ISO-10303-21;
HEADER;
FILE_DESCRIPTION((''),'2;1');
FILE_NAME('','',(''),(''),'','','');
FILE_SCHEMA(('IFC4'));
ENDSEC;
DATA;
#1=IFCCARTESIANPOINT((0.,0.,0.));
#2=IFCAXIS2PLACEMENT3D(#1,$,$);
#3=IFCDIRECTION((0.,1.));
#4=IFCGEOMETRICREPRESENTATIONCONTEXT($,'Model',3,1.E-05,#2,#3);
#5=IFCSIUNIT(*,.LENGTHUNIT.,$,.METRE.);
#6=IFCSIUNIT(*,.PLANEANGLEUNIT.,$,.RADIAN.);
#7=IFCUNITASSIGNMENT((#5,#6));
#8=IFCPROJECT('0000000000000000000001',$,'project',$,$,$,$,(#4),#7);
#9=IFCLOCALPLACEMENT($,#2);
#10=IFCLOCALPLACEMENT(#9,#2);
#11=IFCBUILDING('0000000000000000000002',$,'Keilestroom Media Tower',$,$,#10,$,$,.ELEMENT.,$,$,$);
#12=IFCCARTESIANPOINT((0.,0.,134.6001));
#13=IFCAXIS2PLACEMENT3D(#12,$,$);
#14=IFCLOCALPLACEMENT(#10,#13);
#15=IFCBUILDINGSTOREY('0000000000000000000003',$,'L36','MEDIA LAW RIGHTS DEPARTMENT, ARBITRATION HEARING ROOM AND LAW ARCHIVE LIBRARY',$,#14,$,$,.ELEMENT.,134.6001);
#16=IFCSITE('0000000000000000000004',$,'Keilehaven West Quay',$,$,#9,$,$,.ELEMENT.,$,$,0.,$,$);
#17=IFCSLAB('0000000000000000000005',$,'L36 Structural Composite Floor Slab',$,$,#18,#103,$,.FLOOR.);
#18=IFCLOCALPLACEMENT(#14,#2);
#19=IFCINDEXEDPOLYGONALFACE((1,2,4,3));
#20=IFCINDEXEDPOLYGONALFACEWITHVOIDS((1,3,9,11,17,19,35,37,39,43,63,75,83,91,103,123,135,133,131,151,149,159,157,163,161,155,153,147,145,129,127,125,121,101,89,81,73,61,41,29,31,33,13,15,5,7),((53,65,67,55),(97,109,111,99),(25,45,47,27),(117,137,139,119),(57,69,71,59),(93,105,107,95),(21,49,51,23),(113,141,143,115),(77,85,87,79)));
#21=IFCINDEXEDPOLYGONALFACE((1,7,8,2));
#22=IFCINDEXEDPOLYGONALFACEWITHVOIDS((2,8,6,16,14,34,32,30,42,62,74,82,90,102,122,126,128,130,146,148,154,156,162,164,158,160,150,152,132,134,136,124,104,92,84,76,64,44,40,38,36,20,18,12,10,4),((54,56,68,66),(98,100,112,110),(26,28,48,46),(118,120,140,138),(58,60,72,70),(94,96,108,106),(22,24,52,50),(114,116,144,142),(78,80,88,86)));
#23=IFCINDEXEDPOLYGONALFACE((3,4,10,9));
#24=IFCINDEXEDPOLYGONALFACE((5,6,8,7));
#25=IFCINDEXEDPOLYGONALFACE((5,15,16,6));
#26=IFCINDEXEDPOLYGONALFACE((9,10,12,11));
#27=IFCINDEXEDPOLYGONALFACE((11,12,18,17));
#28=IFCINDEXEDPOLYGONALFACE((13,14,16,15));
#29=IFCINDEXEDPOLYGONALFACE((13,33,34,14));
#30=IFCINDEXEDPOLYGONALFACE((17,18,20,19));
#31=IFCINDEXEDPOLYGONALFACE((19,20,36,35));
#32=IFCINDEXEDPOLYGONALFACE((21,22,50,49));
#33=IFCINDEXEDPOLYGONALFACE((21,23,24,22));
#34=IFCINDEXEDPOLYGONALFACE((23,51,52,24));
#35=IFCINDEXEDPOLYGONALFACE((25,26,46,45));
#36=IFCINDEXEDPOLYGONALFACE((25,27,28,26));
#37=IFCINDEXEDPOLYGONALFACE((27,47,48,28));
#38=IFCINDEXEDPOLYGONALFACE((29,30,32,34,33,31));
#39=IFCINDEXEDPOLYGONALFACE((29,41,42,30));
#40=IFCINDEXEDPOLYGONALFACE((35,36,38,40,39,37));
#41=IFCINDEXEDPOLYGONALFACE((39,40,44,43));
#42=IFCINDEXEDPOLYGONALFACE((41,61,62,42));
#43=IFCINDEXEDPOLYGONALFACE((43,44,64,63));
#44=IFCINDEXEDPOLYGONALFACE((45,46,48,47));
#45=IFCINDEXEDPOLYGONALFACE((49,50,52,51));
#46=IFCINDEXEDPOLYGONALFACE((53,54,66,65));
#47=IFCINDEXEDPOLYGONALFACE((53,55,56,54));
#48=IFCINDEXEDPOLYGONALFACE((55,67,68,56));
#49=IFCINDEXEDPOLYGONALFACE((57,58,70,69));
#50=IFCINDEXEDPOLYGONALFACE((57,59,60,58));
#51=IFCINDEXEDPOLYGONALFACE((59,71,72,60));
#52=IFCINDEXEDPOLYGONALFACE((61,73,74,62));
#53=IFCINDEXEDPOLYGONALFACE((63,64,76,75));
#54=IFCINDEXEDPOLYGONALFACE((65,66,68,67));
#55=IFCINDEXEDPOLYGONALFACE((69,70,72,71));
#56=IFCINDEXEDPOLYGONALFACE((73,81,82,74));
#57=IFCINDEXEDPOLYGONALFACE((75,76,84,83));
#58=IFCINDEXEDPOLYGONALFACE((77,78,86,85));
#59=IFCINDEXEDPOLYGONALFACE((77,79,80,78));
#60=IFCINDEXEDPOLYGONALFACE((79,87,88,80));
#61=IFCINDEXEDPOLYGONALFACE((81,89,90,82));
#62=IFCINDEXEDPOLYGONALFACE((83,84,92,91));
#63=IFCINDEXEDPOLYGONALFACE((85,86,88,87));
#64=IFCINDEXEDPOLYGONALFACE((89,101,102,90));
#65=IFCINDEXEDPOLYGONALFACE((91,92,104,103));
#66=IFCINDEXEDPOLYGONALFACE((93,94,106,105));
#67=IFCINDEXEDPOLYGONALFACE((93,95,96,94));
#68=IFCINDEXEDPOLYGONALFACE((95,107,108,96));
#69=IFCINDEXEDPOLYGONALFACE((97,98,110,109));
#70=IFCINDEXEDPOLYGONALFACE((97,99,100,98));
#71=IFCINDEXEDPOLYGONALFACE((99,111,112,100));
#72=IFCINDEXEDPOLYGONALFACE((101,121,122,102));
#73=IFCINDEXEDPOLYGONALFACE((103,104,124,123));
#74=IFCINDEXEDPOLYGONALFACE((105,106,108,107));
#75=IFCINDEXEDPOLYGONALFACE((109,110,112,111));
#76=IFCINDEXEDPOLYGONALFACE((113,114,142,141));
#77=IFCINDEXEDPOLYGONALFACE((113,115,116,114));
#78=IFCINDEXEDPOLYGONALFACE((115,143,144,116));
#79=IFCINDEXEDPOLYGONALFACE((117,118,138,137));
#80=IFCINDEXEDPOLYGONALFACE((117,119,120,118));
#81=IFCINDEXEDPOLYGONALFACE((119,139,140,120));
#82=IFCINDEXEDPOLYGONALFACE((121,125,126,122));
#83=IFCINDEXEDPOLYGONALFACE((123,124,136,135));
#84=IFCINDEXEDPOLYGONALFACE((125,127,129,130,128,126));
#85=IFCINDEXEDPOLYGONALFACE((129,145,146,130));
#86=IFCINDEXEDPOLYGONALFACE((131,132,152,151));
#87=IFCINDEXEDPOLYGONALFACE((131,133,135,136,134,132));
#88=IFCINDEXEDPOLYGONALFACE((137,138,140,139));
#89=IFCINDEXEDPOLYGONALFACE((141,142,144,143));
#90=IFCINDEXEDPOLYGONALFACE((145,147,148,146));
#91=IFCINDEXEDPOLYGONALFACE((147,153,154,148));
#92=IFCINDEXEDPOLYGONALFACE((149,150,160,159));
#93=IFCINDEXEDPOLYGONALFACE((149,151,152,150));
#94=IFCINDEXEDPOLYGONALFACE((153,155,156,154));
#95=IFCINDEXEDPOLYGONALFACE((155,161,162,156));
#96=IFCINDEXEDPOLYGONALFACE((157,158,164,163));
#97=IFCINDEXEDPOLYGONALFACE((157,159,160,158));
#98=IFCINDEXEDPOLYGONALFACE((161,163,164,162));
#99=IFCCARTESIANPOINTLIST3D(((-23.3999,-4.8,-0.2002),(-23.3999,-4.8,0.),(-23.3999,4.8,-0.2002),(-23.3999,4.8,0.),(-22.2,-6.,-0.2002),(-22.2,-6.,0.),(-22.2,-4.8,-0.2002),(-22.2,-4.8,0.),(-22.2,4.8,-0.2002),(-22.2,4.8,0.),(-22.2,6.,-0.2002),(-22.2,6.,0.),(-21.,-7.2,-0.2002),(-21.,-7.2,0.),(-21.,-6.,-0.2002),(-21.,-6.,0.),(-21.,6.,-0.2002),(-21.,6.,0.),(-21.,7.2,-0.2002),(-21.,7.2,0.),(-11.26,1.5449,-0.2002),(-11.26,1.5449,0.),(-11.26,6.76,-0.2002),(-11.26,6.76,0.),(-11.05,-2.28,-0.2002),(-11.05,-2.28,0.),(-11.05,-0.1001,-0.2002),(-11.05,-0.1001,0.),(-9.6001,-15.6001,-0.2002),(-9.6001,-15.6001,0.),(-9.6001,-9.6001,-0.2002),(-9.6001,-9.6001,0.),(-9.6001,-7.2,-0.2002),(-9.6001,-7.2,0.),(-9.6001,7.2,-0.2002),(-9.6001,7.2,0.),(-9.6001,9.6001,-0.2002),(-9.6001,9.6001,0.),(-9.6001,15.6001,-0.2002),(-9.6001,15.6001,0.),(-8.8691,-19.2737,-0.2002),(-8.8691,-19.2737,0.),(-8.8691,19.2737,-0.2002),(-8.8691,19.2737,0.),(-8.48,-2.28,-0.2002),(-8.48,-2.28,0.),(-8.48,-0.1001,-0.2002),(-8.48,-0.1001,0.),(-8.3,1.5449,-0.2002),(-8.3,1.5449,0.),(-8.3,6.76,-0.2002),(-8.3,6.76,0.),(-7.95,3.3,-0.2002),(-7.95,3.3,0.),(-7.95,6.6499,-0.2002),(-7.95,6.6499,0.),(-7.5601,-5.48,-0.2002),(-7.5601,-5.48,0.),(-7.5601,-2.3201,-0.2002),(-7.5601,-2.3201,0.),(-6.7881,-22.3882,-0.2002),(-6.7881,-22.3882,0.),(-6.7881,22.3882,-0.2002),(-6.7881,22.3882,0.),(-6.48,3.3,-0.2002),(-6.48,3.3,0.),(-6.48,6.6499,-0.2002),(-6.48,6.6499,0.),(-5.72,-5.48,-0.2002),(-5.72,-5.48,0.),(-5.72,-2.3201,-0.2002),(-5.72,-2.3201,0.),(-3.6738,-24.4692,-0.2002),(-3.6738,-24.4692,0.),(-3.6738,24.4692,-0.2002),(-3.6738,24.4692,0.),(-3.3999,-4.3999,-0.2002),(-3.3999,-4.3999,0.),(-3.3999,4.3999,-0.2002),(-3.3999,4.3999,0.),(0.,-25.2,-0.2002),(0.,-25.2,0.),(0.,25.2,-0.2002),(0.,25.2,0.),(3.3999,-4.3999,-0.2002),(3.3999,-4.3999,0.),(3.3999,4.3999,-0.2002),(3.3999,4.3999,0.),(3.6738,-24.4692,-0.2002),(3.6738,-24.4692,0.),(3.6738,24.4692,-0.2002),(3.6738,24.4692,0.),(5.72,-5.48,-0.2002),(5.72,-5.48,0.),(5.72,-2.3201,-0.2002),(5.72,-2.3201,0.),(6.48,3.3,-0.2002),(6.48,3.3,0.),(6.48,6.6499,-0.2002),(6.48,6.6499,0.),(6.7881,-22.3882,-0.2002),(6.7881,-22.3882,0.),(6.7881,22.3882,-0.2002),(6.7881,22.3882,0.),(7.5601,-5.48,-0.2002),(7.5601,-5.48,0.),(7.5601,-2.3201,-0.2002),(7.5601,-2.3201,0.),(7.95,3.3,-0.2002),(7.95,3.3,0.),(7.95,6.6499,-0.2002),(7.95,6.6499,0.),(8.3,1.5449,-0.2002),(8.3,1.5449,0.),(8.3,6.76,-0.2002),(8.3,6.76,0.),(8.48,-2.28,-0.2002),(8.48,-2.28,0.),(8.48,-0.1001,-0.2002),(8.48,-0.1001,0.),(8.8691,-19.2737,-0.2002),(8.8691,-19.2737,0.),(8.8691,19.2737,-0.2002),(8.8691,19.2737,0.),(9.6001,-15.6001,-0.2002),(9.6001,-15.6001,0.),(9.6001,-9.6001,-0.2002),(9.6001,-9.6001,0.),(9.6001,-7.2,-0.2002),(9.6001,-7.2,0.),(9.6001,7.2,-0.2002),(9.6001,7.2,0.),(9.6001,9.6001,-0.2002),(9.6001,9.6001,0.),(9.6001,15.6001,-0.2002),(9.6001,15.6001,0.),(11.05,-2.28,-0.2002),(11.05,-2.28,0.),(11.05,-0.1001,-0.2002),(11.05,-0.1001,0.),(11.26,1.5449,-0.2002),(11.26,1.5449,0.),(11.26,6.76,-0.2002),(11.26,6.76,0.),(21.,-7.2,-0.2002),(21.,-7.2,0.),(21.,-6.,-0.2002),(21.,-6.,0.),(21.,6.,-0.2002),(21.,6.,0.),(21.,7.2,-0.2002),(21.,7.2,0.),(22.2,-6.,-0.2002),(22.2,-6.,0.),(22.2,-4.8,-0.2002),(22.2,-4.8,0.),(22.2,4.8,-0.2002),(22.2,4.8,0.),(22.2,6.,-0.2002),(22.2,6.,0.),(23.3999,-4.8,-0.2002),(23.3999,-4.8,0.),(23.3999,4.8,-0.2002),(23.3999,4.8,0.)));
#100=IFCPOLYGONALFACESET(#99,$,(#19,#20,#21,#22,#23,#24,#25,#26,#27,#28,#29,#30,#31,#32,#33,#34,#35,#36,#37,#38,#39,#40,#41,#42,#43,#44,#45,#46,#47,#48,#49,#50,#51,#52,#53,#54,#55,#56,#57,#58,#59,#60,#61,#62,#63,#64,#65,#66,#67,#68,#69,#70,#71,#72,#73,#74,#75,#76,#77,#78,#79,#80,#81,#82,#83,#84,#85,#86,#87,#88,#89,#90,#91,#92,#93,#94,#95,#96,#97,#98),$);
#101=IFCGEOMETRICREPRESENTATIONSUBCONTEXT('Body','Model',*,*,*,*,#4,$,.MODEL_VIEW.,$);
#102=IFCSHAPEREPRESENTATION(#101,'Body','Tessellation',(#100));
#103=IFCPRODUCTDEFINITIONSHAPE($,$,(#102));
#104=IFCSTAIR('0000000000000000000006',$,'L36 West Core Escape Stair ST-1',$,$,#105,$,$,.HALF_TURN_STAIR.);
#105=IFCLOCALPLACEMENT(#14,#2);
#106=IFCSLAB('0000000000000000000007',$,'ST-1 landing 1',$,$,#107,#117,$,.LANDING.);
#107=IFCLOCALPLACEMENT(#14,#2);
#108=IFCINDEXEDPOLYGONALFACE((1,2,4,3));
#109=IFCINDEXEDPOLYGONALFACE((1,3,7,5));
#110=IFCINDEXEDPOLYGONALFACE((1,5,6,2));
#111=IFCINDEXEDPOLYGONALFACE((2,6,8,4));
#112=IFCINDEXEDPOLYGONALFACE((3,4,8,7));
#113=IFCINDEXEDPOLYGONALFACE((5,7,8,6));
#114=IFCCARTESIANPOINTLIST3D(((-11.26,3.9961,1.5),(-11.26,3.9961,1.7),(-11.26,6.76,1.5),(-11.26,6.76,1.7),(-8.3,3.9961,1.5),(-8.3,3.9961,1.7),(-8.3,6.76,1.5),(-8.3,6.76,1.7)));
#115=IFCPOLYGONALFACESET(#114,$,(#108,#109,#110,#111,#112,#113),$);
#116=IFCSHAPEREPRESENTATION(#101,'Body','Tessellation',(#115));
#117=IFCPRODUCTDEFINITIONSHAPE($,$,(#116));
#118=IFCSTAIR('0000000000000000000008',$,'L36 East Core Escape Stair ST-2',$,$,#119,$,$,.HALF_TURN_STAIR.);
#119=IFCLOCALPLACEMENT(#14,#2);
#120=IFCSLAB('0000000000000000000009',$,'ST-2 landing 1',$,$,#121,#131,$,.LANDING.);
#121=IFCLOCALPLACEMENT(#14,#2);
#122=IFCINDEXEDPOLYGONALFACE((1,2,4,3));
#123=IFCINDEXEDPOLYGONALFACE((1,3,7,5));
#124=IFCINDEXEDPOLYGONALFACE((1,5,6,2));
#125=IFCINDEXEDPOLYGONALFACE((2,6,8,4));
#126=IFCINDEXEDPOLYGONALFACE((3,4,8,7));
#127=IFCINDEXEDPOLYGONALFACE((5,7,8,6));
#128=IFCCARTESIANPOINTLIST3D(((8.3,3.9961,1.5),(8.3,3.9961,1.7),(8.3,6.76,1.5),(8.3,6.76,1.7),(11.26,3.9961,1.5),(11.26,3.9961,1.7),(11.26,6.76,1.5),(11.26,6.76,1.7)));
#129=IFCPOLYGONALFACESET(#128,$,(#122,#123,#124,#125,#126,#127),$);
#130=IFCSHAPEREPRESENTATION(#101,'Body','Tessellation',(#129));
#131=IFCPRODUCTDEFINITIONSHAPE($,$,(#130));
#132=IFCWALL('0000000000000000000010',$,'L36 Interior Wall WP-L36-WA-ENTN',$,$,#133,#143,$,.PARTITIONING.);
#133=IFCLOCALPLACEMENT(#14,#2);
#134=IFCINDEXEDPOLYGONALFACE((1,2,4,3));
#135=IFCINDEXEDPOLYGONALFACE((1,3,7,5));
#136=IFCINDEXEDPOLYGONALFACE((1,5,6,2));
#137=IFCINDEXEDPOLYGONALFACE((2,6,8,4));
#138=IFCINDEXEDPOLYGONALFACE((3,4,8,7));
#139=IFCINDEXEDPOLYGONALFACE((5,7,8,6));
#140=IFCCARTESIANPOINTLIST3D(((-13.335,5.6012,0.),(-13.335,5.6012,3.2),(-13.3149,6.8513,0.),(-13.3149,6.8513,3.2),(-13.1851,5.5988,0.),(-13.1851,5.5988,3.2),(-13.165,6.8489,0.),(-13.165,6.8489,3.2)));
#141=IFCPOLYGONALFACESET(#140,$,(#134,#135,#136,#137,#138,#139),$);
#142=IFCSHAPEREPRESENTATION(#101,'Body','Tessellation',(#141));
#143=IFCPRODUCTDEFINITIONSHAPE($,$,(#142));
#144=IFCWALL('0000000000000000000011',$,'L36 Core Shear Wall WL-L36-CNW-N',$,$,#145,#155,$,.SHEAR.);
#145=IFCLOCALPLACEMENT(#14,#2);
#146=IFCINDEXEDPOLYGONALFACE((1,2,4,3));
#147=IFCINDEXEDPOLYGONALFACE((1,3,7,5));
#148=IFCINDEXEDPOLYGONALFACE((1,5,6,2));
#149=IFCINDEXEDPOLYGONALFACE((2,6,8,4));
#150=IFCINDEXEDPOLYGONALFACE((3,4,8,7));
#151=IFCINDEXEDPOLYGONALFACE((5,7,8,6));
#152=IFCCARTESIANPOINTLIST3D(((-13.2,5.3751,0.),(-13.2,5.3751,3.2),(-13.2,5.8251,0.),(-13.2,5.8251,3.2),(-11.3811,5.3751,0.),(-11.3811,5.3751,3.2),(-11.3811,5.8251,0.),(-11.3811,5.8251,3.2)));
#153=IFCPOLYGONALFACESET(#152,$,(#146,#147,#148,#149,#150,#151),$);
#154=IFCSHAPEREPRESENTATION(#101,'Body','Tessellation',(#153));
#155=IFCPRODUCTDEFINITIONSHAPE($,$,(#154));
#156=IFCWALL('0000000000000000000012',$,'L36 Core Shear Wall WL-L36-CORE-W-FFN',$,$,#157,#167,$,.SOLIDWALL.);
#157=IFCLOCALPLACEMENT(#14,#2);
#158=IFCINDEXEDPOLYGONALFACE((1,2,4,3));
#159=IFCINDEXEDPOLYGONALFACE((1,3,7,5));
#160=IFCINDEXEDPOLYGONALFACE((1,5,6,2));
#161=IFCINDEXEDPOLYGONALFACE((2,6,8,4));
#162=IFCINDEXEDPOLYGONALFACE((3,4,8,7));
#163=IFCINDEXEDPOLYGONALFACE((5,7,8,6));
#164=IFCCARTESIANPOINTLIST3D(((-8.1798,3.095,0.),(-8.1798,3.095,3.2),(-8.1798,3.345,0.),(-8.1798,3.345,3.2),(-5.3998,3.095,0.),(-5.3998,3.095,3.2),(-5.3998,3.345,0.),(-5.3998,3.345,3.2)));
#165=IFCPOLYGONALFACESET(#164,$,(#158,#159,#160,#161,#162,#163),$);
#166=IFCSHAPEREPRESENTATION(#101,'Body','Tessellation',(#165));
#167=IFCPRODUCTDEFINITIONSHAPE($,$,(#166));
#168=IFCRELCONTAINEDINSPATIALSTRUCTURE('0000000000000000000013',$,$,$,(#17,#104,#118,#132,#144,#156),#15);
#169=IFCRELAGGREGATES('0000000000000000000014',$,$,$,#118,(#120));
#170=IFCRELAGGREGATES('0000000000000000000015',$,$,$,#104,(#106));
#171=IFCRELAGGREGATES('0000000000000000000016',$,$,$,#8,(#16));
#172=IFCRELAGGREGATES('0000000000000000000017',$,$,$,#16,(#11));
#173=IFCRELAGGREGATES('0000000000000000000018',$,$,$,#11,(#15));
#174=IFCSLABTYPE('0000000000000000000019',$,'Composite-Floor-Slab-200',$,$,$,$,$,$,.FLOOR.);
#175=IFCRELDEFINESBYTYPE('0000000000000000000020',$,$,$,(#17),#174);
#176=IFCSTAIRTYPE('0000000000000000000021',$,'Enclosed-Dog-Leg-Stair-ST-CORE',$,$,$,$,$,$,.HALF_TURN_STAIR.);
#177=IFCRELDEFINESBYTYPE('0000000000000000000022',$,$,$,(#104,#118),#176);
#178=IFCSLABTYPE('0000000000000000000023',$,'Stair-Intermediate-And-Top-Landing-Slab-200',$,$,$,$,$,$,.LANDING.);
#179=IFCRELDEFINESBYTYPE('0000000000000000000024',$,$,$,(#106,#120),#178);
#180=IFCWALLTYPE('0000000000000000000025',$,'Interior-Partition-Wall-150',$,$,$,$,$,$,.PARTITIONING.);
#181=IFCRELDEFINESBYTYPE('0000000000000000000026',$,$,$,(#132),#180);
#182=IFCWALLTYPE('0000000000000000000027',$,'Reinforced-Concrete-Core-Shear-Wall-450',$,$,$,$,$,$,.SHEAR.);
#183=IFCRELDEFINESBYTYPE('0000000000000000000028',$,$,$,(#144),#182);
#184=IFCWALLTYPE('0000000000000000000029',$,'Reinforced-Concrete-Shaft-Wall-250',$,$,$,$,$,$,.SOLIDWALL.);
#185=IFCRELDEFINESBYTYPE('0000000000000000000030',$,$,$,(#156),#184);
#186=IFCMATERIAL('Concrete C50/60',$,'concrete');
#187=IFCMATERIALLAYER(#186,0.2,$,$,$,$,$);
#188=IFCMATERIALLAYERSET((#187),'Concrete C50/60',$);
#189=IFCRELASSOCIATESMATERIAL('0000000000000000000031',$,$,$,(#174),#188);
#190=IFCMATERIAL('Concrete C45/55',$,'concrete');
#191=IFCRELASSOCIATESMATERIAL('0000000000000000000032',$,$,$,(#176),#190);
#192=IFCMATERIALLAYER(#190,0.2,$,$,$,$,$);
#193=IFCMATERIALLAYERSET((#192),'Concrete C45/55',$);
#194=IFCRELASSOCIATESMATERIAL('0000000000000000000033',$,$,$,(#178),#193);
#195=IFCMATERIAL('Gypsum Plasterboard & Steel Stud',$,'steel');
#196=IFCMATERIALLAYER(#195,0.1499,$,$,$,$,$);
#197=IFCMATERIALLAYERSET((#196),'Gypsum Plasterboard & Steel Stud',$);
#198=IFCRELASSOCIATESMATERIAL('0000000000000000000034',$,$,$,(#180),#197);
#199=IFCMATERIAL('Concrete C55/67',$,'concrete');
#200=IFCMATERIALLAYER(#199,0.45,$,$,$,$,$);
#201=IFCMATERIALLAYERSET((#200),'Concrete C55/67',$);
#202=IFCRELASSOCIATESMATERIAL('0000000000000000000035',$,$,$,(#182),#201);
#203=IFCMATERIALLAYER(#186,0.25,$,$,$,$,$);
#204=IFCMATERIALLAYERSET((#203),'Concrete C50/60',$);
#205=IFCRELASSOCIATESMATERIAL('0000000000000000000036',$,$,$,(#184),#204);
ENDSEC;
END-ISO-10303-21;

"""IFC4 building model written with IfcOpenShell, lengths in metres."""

from ifc_helpers import new_model, si_unit, direction, frame, frame_2d, origin, place, context, subcontext, project, spatial, polyline, rectangle, outline, extrude, material, layer, layer_set, type_object, element, aggregate, save


model = new_model("IFC4")

# Units and contexts
model_context = context("Model", 3, precision=1e-05, world=origin(), true_north=direction((0.0, 1.0)))
body_context = subcontext(model_context, "Body", "Model", "MODEL_VIEW")
ifc_project = project(units=[si_unit("LENGTHUNIT", "METRE"), si_unit("PLANEANGLEUNIT", "RADIAN")], contexts=[model_context])

# Site, building, storey
site_placement = place(None, origin())
site = spatial("IfcSite", under=ifc_project, at=site_placement, Name="Keilehaven West Quay", CompositionType="ELEMENT", RefElevation=0.0)
building_placement = place(site_placement, origin())
building = spatial("IfcBuilding", under=site, at=building_placement, Name="Keilestroom Media Tower", CompositionType="ELEMENT")
storey_placement = place(building_placement, frame((0.0, 0.0, 134.6001)))
storey = spatial("IfcBuildingStorey", under=building, at=storey_placement, Name="L36", Description="MEDIA LAW RIGHTS DEPARTMENT, ARBITRATION HEARING ROOM AND LAW ARCHIVE LIBRARY", CompositionType="ELEMENT", Elevation=134.6001)

# Slab
ifc_material_1 = material(Name="Concrete C50/60", Category="concrete")
ifc_layer_1 = layer(ifc_material_1, 0.2)
ifc_layer_set_1 = layer_set([ifc_layer_1], Name="Concrete C50/60")
slab_type_1 = type_object("IfcSlabType", Name="Composite-Floor-Slab-200", PredefinedType="FLOOR", material=ifc_layer_set_1)
slab_1_placement = place(storey_placement, frame((0.0, 0.0, -0.2002)))
element("IfcSlab", 1, at=slab_1_placement, inside=storey, type_object=slab_type_1, Name="L36 Structural Composite Floor Slab", PredefinedType="FLOOR", context=body_context, shape_type="SweptSolid", body=[
    extrude(outline(polyline([(23.3999, -4.8), (23.3999, 4.8), (22.2, 4.8), (22.2, 6.0), (21.0, 6.0), (21.0, 7.2), (9.6001, 7.2), (9.6001, 9.6001), (9.6001, 15.6001), (8.8691, 19.2737), (6.7881, 22.3882), (3.6738, 24.4692), (0.0, 25.2), (-3.6738, 24.4692), (-6.7881, 22.3882), (-8.8691, 19.2737), (-9.6001, 15.6001), (-9.6001, 9.6001), (-9.6001, 7.2), (-21.0, 7.2), (-21.0, 6.0), (-22.2, 6.0), (-22.2, 4.8), (-23.3999, 4.8), (-23.3999, -4.8), (-22.2, -4.8), (-22.2, -6.0), (-21.0, -6.0), (-21.0, -7.2), (-9.6001, -7.2), (-9.6001, -9.6001), (-9.6001, -15.6001), (-8.8691, -19.2737), (-6.7881, -22.3882), (-3.6738, -24.4692), (0.0, -25.2), (3.6738, -24.4692), (6.7881, -22.3882), (8.8691, -19.2737), (9.6001, -15.6001), (9.6001, -9.6001), (9.6001, -7.2), (21.0, -7.2), (21.0, -6.0), (22.2, -6.0), (22.2, -4.8), (23.3999, -4.8)]), holes=[polyline([(-11.26, 1.5449), (-11.26, 6.76), (-8.3, 6.76), (-8.3, 1.5449), (-11.26, 1.5449)]), polyline([(-11.05, -2.28), (-11.05, -0.1001), (-8.48, -0.1001), (-8.48, -2.28), (-11.05, -2.28)]), polyline([(-7.95, 3.3), (-7.95, 6.6499), (-6.48, 6.6499), (-6.48, 3.3), (-7.95, 3.3)]), polyline([(-7.5601, -2.3201), (-5.72, -2.3201), (-5.72, -5.48), (-7.5601, -5.48), (-7.5601, -2.3201)]), polyline([(3.3999, -4.3999), (-3.3999, -4.3999), (-3.3999, 4.3999), (3.3999, 4.3999), (3.3999, -4.3999)]), polyline([(7.5601, -2.3201), (7.5601, -5.48), (5.72, -5.48), (5.72, -2.3201), (7.5601, -2.3201)]), polyline([(6.48, 3.3), (6.48, 6.6499), (7.95, 6.6499), (7.95, 3.3), (6.48, 3.3)]), polyline([(8.3, 1.5449), (8.3, 6.76), (11.26, 6.76), (11.26, 1.5449), (8.3, 1.5449)]), polyline([(8.48, -2.28), (8.48, -0.1001), (11.05, -0.1001), (11.05, -2.28), (8.48, -2.28)])]), origin(), (0.0, 0.0, 1.0), 0.2002),
])

# Stairs, slabs
ifc_material_2 = material(Name="Concrete C45/55", Category="concrete")
stair_type = type_object("IfcStairType", Name="Enclosed-Dog-Leg-Stair-ST-CORE", PredefinedType="HALF_TURN_STAIR", material=ifc_material_2)
stair_1_placement = place(storey_placement, origin())
stair_1 = element("IfcStair", 2, at=stair_1_placement, inside=storey, type_object=stair_type, Name="L36 West Core Escape Stair ST-1", PredefinedType="HALF_TURN_STAIR")
ifc_layer_2 = layer(ifc_material_2, 0.2)
ifc_layer_set_2 = layer_set([ifc_layer_2], Name="Concrete C45/55")
slab_type_2 = type_object("IfcSlabType", Name="Stair-Intermediate-And-Top-Landing-Slab-200", PredefinedType="LANDING", material=ifc_layer_set_2)
slab_2_placement = place(storey_placement, frame((0.0, 0.0, 1.5)))
slab_2 = element("IfcSlab", 3, at=slab_2_placement, type_object=slab_type_2, Name="ST-1 landing 1", PredefinedType="LANDING", context=body_context, shape_type="SweptSolid", body=[
    extrude(outline(polyline([(-8.3, 3.9961), (-8.3, 6.76), (-11.26, 6.76), (-11.26, 3.9961), (-8.3, 3.9961)])), origin(), (0.0, 0.0, 1.0), 0.2),
])
stair_2_placement = place(storey_placement, origin())
stair_2 = element("IfcStair", 4, at=stair_2_placement, inside=storey, type_object=stair_type, Name="L36 East Core Escape Stair ST-2", PredefinedType="HALF_TURN_STAIR")
slab_3_placement = place(storey_placement, frame((0.0, 0.0, 1.5)))
slab_3 = element("IfcSlab", 5, at=slab_3_placement, type_object=slab_type_2, Name="ST-2 landing 1", PredefinedType="LANDING", context=body_context, shape_type="SweptSolid", body=[
    extrude(outline(polyline([(11.26, 3.9961), (11.26, 6.76), (8.3, 6.76), (8.3, 3.9961), (11.26, 3.9961)])), origin(), (0.0, 0.0, 1.0), 0.2),
])
aggregate(stair_2, [slab_3])

# Walls
ifc_material_3 = material(Name="Gypsum Plasterboard & Steel Stud", Category="steel")
ifc_layer_3 = layer(ifc_material_3, 0.1499)
ifc_layer_set_3 = layer_set([ifc_layer_3], Name="Gypsum Plasterboard & Steel Stud")
wall_type_1 = type_object("IfcWallType", Name="Interior-Partition-Wall-150", PredefinedType="PARTITIONING", material=ifc_layer_set_3)
wall_1_placement = place(storey_placement, frame((-13.26, 5.6001, 0.0), z_axis=(0.0, 0.0, 1.0), x_axis=(0.016014, 0.999872, 0.0)))
element("IfcWall", 6, at=wall_1_placement, inside=storey, type_object=wall_type_1, Name="L36 Interior Wall WP-L36-WA-ENTN", PredefinedType="PARTITIONING", context=body_context, shape_type="SweptSolid", body=[
    extrude(rectangle(XDim=1.2502, YDim=0.1499, at=frame_2d((0.625, 0.0))), origin(), (0.0, 0.0, 1.0), 3.2),
])
ifc_material_4 = material(Name="Concrete C55/67", Category="concrete")
ifc_layer_4 = layer(ifc_material_4, 0.45)
ifc_layer_set_4 = layer_set([ifc_layer_4], Name="Concrete C55/67")
wall_type_2 = type_object("IfcWallType", Name="Reinforced-Concrete-Core-Shear-Wall-450", PredefinedType="SHEAR", material=ifc_layer_set_4)
wall_2_placement = place(storey_placement, frame((-13.2, 5.6001, 0.0), z_axis=(0.0, 0.0, 1.0), x_axis=(1.0, 0.0, 0.0)))
element("IfcWall", 7, at=wall_2_placement, inside=storey, type_object=wall_type_2, Name="L36 Core Shear Wall WL-L36-CNW-N", PredefinedType="SHEAR", context=body_context, shape_type="SweptSolid", body=[
    extrude(rectangle(XDim=1.8188, YDim=0.45, at=frame_2d((0.9094, 0.0))), origin(), (0.0, 0.0, 1.0), 3.2),
])
ifc_layer_5 = layer(ifc_material_1, 0.25)
ifc_layer_set_5 = layer_set([ifc_layer_5], Name="Concrete C50/60")
wall_type_3 = type_object("IfcWallType", Name="Reinforced-Concrete-Shaft-Wall-250", PredefinedType="SOLIDWALL", material=ifc_layer_set_5)
wall_3_placement = place(storey_placement, frame((-8.1799, 3.22, 0.0), z_axis=(0.0, 0.0, 1.0), x_axis=(1.0, 0.0, 0.0)))
element("IfcWall", 8, at=wall_3_placement, inside=storey, type_object=wall_type_3, Name="L36 Core Shear Wall WL-L36-CORE-W-FFN", PredefinedType="SOLIDWALL", context=body_context, shape_type="SweptSolid", body=[
    extrude(rectangle(XDim=2.78, YDim=0.25, at=frame_2d((1.3901, 0.0))), origin(), (0.0, 0.0, 1.0), 3.2),
])

aggregate(stair_1, [slab_2])

save(model, "model.ifc")
